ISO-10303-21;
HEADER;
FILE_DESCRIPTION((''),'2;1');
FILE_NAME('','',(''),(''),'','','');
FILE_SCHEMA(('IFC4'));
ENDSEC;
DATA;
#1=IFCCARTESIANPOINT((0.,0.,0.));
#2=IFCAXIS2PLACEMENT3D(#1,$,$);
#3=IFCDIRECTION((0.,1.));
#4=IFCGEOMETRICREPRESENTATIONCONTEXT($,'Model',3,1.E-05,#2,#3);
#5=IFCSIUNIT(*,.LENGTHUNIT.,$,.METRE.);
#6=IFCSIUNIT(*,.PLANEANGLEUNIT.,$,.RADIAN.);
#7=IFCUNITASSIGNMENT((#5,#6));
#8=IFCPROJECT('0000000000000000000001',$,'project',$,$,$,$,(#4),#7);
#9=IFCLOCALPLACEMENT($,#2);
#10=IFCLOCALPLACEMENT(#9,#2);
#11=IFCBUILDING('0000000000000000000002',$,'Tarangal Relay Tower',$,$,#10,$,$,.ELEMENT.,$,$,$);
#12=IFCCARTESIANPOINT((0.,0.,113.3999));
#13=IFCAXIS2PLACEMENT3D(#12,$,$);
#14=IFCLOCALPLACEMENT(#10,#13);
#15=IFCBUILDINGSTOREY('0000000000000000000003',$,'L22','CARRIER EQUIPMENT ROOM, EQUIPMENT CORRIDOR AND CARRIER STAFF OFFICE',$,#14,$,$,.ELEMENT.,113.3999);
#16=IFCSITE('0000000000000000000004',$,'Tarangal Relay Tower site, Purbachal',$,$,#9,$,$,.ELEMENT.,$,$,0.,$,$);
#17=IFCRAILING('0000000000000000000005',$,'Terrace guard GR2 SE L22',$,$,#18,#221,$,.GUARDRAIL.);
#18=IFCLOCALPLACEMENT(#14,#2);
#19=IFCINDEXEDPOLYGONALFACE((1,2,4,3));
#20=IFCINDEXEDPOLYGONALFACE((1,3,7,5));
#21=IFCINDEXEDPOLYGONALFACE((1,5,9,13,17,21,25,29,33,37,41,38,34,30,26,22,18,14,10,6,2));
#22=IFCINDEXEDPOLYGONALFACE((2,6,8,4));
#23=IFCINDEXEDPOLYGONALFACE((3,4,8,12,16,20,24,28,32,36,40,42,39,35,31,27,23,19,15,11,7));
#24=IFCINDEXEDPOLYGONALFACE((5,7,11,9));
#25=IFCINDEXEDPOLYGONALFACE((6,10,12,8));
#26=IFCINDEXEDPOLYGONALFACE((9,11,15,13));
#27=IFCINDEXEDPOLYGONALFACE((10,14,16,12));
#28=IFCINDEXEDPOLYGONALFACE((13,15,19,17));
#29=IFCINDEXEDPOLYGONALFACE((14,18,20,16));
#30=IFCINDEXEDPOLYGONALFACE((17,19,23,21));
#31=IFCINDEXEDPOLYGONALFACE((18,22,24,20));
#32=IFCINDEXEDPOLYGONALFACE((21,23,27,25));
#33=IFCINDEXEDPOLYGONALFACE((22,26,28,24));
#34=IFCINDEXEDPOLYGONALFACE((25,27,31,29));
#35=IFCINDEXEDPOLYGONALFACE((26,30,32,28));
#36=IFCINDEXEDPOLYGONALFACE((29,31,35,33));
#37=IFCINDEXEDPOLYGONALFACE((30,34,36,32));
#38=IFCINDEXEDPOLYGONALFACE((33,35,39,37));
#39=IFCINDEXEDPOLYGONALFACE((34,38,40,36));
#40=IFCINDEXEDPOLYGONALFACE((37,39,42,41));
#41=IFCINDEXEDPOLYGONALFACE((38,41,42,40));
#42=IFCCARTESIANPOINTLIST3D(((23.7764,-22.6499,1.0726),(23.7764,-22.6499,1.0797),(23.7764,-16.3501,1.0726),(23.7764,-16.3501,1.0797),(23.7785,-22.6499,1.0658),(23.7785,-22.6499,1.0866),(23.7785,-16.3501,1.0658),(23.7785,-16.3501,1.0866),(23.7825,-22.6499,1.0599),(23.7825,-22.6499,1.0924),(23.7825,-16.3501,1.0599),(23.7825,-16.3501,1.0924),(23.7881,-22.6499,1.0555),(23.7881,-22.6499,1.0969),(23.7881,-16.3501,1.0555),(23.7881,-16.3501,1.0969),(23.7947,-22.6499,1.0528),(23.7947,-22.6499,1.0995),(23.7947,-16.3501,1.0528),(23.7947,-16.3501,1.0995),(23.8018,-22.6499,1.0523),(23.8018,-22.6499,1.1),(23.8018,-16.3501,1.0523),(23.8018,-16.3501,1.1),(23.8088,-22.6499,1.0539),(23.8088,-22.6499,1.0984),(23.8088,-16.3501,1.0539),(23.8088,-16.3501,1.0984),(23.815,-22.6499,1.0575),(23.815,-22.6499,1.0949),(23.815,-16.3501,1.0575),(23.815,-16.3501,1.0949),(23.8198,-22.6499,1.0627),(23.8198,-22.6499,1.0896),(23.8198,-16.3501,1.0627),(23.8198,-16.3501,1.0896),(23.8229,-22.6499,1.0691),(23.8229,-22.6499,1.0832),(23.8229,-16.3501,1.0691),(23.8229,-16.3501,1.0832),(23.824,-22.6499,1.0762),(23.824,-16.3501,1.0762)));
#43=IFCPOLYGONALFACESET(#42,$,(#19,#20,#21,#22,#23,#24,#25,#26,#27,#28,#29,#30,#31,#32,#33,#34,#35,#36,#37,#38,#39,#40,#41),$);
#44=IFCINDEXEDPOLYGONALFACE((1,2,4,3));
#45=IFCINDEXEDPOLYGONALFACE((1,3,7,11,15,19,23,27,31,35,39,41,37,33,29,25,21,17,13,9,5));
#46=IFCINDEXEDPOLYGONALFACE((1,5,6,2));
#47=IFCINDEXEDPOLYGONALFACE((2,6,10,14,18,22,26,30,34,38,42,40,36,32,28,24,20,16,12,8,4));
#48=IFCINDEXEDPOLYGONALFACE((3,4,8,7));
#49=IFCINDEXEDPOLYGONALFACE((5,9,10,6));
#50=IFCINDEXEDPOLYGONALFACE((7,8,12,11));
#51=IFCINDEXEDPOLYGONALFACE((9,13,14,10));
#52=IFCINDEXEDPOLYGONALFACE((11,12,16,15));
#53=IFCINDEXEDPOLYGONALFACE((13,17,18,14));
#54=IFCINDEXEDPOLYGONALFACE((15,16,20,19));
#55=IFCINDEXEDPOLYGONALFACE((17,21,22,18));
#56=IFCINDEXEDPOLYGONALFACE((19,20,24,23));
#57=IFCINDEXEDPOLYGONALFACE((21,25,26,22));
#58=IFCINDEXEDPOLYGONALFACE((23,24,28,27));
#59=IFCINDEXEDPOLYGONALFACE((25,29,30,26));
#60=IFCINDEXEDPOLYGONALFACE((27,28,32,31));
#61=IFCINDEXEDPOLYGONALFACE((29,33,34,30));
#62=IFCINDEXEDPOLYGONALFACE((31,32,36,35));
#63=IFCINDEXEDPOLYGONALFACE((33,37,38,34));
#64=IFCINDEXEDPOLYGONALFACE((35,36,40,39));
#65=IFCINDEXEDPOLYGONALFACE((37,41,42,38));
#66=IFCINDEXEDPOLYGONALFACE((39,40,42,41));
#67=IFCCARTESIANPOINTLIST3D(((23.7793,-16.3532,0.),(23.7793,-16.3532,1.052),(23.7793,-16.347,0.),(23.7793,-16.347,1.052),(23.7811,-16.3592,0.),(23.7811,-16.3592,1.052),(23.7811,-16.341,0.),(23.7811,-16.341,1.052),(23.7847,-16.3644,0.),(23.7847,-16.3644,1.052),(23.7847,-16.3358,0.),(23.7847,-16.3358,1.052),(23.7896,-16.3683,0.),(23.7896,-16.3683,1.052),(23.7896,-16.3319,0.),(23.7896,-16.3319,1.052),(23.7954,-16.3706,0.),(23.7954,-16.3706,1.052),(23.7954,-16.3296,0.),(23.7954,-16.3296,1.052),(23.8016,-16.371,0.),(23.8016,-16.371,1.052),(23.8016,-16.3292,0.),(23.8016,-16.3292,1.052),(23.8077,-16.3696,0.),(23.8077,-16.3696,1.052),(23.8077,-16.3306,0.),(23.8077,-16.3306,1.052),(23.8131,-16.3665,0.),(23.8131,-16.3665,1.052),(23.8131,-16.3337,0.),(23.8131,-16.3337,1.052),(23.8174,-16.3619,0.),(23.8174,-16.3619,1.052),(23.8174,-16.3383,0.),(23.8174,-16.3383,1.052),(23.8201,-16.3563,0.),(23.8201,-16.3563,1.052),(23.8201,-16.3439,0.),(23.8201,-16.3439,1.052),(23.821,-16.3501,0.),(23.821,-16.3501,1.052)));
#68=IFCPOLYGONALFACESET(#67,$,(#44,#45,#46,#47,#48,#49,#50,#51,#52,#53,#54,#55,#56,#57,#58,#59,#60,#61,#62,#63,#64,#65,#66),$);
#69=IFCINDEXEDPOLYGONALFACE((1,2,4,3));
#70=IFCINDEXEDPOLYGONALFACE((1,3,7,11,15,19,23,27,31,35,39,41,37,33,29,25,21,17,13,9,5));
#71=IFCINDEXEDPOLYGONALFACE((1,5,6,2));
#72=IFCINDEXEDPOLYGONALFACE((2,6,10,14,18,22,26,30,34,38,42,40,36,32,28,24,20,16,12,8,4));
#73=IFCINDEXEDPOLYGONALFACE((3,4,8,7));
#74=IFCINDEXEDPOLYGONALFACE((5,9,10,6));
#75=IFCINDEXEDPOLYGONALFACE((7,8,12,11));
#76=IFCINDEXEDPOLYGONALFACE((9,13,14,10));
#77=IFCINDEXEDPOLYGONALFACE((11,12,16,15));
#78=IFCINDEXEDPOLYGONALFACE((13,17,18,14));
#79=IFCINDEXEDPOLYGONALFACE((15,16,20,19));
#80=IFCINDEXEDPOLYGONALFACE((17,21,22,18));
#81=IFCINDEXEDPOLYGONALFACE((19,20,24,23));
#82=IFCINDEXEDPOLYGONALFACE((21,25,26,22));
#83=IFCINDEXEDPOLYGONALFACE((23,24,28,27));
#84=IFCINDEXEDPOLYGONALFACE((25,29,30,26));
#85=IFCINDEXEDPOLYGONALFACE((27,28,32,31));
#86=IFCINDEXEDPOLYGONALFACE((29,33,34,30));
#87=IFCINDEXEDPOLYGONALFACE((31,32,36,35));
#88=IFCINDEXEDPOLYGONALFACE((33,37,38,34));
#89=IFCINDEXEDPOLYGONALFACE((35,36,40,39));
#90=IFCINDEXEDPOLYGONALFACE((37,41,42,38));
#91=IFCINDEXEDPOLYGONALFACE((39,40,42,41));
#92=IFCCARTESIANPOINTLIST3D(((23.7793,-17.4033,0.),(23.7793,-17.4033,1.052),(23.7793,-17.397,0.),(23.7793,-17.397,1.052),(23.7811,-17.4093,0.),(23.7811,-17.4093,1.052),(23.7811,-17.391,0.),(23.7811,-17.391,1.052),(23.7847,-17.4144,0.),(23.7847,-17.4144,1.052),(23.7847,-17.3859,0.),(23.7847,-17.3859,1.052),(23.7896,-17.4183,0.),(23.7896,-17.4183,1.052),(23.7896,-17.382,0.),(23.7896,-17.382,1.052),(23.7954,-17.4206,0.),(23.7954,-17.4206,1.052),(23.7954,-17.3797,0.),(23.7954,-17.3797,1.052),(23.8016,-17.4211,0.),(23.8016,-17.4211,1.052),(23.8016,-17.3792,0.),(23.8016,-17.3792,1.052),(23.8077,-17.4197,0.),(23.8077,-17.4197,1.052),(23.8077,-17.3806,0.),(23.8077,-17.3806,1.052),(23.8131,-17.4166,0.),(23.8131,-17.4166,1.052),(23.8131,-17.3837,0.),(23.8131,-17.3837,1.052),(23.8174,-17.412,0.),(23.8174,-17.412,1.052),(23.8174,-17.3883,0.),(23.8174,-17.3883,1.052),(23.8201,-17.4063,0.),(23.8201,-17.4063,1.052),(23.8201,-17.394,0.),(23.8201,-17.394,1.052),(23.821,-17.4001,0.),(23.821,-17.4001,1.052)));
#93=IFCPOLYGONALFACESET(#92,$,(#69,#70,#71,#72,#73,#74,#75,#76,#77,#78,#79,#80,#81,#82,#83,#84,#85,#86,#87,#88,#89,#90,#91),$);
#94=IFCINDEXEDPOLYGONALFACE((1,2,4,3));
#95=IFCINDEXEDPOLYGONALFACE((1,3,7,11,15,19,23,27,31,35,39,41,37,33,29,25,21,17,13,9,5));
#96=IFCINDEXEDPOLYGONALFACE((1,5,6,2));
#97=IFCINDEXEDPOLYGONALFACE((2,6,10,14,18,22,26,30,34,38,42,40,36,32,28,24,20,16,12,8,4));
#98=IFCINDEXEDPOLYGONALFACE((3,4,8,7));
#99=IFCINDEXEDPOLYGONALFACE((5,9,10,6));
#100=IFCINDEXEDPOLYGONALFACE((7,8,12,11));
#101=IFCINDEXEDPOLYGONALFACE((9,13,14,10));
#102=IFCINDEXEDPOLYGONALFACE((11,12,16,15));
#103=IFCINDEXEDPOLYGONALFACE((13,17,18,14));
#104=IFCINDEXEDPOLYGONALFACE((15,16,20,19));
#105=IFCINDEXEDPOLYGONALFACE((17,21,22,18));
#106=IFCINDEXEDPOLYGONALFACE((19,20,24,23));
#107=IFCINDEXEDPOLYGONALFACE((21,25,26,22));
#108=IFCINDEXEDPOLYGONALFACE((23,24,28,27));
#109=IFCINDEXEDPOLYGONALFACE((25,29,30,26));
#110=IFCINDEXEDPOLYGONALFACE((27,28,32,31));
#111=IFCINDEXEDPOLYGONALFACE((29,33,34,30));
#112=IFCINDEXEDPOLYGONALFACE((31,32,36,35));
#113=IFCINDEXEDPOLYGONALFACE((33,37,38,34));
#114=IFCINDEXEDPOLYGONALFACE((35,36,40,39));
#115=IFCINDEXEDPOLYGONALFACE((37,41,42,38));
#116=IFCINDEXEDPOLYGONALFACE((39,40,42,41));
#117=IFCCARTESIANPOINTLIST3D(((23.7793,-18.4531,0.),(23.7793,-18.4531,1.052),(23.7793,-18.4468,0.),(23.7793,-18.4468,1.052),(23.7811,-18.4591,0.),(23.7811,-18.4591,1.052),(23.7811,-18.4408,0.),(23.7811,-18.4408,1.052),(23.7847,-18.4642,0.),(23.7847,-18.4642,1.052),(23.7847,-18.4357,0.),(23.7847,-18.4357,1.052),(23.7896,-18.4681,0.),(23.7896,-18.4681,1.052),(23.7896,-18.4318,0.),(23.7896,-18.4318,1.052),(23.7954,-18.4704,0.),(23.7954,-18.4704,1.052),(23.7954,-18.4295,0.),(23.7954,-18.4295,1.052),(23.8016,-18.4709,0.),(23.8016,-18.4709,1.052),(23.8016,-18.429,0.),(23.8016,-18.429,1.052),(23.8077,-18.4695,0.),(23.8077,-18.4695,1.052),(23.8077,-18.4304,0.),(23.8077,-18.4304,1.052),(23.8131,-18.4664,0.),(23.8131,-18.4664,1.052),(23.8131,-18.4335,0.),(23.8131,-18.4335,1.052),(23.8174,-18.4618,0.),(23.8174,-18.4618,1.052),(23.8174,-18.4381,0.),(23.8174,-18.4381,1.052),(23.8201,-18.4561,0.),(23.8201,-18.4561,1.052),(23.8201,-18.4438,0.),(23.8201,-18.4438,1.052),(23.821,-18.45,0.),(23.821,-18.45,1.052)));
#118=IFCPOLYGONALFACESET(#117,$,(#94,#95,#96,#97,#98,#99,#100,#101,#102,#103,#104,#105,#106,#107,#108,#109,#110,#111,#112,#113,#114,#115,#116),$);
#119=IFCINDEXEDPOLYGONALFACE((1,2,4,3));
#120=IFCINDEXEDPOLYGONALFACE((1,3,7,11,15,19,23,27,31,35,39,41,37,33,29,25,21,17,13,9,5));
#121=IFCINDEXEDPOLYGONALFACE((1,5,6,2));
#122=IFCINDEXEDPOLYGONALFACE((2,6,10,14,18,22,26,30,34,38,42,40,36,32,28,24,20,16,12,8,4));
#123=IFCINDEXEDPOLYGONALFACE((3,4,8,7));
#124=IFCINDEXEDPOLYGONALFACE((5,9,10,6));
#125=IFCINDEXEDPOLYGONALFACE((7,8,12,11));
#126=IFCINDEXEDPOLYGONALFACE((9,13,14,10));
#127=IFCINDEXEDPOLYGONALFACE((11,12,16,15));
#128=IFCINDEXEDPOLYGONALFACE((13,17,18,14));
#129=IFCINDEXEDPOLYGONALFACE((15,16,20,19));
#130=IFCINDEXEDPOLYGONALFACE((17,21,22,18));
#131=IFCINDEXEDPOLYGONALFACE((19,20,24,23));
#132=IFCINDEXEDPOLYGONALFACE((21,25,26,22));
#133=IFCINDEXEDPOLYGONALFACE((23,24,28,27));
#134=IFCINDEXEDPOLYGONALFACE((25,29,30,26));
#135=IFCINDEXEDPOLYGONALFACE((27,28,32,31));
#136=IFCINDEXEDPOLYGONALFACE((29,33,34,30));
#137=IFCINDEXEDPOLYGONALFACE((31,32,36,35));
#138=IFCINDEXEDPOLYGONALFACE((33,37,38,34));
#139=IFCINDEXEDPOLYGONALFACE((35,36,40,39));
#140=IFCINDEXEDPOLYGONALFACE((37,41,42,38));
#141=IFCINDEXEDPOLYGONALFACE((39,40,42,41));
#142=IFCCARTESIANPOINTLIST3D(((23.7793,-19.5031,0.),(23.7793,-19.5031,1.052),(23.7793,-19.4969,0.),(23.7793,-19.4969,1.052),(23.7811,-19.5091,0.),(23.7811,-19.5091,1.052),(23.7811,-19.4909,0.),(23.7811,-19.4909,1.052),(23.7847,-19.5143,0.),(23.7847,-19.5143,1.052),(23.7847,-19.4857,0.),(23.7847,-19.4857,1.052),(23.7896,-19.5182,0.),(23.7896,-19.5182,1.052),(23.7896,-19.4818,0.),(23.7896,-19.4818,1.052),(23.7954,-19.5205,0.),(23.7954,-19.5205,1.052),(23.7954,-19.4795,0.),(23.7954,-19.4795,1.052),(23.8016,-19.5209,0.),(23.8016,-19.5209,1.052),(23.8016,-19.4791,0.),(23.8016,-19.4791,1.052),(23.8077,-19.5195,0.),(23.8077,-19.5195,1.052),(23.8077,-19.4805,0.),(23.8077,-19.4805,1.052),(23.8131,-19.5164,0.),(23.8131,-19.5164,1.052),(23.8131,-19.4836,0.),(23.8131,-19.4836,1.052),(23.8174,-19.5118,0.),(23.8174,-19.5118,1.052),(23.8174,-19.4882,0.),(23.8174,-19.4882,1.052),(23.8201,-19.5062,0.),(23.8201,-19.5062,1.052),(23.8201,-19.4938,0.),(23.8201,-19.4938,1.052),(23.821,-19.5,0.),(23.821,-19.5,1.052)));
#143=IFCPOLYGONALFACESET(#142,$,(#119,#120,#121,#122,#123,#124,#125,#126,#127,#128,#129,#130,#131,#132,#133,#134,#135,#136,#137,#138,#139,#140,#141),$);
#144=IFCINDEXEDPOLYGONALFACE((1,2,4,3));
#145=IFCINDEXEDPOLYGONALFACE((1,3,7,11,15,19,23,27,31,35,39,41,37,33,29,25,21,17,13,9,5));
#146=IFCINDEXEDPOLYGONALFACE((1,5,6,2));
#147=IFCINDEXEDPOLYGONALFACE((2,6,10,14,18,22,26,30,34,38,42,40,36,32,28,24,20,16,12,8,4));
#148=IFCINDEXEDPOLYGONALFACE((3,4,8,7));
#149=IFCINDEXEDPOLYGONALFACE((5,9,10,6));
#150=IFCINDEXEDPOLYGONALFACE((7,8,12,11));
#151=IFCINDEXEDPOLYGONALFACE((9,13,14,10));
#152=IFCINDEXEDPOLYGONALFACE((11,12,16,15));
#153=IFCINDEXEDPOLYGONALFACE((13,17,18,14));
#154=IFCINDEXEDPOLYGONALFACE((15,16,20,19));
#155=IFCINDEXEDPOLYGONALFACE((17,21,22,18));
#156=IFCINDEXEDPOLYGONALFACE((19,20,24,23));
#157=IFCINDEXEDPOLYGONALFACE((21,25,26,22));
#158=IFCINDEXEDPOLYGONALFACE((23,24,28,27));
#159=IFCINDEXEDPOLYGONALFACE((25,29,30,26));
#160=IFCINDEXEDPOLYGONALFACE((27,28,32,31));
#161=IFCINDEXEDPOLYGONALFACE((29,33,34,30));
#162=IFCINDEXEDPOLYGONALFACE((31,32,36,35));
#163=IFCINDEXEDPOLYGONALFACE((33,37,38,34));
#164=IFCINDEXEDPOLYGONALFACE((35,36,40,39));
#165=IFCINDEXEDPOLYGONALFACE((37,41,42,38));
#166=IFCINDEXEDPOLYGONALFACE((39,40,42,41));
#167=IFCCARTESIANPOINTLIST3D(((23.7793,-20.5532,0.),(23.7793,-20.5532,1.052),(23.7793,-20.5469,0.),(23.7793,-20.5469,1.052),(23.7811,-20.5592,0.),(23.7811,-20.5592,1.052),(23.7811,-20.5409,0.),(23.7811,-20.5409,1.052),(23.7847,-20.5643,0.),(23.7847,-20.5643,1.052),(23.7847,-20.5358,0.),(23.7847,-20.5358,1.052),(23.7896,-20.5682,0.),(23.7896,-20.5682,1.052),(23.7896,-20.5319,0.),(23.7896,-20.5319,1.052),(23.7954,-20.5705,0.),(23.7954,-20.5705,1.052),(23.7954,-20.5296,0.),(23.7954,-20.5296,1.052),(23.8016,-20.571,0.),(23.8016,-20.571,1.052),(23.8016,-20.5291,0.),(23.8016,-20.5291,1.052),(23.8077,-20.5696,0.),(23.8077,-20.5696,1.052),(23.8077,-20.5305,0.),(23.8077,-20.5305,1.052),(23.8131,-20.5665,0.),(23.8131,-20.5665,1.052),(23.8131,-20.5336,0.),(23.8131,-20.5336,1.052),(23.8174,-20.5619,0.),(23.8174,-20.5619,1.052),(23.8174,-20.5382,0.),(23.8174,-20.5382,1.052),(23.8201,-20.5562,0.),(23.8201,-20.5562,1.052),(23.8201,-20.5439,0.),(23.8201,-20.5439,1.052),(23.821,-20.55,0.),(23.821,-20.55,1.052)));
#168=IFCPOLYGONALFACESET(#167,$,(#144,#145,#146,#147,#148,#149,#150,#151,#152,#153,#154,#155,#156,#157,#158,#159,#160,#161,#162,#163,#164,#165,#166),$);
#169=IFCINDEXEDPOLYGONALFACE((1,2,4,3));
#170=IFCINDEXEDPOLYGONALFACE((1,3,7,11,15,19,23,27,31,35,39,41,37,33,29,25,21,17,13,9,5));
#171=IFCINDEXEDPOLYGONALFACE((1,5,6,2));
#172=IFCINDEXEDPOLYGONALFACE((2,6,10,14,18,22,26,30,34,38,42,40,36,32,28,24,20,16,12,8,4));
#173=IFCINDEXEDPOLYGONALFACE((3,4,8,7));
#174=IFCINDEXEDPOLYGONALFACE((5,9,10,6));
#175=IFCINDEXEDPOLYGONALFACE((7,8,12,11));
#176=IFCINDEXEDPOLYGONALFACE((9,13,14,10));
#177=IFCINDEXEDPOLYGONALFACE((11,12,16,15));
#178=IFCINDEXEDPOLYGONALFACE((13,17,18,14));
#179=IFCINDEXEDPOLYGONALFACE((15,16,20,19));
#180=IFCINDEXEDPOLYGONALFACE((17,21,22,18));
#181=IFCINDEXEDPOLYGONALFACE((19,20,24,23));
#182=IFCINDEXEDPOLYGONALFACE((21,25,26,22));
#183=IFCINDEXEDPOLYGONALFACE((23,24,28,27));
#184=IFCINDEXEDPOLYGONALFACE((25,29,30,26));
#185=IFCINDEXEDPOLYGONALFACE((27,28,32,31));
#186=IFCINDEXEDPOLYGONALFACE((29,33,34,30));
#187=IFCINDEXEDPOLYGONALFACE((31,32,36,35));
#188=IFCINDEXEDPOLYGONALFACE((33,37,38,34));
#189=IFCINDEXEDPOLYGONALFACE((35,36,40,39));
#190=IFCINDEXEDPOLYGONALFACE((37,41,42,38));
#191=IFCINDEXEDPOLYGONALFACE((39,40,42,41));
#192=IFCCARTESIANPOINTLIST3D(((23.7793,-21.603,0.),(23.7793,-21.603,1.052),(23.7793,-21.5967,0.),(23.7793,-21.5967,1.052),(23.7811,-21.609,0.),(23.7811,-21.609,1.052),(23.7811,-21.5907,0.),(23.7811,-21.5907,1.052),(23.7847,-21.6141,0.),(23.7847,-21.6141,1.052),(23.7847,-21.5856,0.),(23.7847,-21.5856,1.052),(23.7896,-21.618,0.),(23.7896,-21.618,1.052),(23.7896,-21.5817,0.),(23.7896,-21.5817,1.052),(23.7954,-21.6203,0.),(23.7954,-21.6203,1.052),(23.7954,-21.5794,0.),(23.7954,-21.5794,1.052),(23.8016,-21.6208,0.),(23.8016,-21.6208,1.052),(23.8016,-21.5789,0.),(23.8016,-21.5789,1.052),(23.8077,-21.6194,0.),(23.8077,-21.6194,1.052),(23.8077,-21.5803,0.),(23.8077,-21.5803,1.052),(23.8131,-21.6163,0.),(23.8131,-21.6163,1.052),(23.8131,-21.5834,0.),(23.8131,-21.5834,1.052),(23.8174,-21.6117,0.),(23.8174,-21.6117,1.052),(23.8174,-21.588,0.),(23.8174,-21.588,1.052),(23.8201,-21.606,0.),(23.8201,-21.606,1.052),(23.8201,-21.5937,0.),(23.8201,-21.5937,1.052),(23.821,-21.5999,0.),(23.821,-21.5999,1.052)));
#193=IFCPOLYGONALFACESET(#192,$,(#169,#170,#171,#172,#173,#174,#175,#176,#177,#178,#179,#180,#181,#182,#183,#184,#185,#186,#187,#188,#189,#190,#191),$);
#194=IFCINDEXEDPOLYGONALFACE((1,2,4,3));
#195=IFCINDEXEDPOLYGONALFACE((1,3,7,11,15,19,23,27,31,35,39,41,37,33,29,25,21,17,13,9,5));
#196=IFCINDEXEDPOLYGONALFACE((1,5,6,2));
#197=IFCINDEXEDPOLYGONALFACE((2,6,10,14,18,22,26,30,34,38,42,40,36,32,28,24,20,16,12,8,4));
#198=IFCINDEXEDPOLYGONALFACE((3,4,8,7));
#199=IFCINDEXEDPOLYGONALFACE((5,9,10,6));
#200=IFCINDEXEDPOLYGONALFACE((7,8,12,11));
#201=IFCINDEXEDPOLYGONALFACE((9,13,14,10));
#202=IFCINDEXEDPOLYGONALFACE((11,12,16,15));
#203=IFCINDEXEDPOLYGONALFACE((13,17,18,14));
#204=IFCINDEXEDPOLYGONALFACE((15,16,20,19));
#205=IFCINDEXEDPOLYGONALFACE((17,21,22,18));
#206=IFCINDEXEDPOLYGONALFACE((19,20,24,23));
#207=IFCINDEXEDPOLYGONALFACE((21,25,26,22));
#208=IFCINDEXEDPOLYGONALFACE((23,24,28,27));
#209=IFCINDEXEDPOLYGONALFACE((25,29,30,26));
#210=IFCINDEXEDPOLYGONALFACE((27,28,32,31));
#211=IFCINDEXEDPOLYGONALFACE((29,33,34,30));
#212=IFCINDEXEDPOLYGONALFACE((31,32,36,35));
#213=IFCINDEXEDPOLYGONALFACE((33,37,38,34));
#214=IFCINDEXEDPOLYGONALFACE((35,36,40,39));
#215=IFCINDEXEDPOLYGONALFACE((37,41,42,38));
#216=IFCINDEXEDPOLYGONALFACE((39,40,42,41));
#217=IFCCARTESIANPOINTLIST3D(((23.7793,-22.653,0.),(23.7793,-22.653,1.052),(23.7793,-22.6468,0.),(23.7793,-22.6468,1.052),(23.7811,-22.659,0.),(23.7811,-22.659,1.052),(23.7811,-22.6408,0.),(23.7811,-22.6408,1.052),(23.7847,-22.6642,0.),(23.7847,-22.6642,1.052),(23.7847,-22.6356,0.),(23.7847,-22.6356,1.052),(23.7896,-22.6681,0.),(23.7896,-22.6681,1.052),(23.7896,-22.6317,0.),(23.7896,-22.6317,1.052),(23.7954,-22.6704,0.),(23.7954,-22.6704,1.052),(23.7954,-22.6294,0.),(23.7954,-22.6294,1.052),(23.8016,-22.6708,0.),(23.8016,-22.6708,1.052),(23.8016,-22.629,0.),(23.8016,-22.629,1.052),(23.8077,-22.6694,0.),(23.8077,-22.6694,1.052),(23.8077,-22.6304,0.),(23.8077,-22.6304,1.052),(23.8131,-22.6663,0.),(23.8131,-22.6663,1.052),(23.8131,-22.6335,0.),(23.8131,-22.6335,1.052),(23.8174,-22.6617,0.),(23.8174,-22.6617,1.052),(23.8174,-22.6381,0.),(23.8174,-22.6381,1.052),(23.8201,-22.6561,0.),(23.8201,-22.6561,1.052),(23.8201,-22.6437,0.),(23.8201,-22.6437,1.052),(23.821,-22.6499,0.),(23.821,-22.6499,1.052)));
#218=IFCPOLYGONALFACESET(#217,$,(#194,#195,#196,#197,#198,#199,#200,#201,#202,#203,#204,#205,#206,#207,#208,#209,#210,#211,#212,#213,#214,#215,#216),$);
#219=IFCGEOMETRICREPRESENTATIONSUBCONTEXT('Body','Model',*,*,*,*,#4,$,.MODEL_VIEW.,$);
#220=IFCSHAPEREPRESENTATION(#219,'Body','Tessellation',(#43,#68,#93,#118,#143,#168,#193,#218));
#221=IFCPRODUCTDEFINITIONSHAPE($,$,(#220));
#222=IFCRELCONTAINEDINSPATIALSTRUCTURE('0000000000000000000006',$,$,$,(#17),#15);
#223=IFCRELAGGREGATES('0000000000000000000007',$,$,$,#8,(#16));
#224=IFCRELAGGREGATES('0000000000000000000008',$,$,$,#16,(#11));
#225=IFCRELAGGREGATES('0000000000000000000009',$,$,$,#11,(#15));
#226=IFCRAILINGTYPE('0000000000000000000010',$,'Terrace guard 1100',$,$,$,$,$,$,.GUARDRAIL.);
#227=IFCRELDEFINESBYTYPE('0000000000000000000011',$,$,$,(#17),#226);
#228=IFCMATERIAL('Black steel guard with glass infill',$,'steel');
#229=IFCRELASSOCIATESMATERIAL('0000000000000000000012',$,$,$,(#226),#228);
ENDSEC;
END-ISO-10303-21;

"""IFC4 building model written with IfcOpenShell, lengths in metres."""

from ifc_helpers import new_model, si_unit, direction, frame, origin, origin_2d, place, context, subcontext, project, spatial, circle, extrude, material, type_object, element, save


model = new_model("IFC4")

# Units and contexts
model_context = context("Model", 3, precision=1e-05, world=origin(), true_north=direction((0.0, 1.0)))
body_context = subcontext(model_context, "Body", "Model", "MODEL_VIEW")
ifc_project = project(units=[si_unit("LENGTHUNIT", "METRE"), si_unit("PLANEANGLEUNIT", "RADIAN")], contexts=[model_context])

# Site, building, storey
site_placement = place(None, origin())
site = spatial("IfcSite", under=ifc_project, at=site_placement, Name="Tarangal Relay Tower site, Purbachal", CompositionType="ELEMENT", RefElevation=0.0)
building_placement = place(site_placement, origin())
building = spatial("IfcBuilding", under=site, at=building_placement, Name="Tarangal Relay Tower", CompositionType="ELEMENT")
storey_placement = place(building_placement, frame((0.0, 0.0, 113.3999)))
storey = spatial("IfcBuildingStorey", under=building, at=storey_placement, Name="L22", Description="CARRIER EQUIPMENT ROOM, EQUIPMENT CORRIDOR AND CARRIER STAFF OFFICE", CompositionType="ELEMENT", Elevation=113.3999)

# Railing
ifc_material_1 = material(Name="Black steel guard with glass infill", Category="steel")
railing_type = type_object("IfcRailingType", Name="Terrace guard 1100", PredefinedType="GUARDRAIL", material=ifc_material_1)
railing_1_placement = place(storey_placement, frame((23.8, -16.3501, 0.0)))
element("IfcRailing", 1, at=railing_1_placement, inside=storey, type_object=railing_type, Name="Terrace guard GR2 SE L22", PredefinedType="GUARDRAIL", context=body_context, shape_type="SweptSolid", body=[
    extrude(circle(Radius=0.0239, at=origin_2d()), frame((0.0, 0.0, 1.0762), z_axis=(0.0, -1.0, 0.0), x_axis=(1.0, 0.0, 0.0)), (0.0, 0.0, 1.0), 6.2998),
    extrude(circle(Radius=0.021, at=origin_2d()), origin(), (0.0, 0.0, 1.0), 1.052),
    extrude(circle(Radius=0.021, at=origin_2d()), frame((0.0, -1.05, 0.0)), (0.0, 0.0, 1.0), 1.052),
    extrude(circle(Radius=0.021, at=origin_2d()), frame((0.0, -2.0999, 0.0)), (0.0, 0.0, 1.0), 1.052),
    extrude(circle(Radius=0.021, at=origin_2d()), frame((0.0, -3.1499, 0.0)), (0.0, 0.0, 1.0), 1.052),
    extrude(circle(Radius=0.021, at=origin_2d()), frame((0.0, -4.2, 0.0)), (0.0, 0.0, 1.0), 1.052),
    extrude(circle(Radius=0.021, at=origin_2d()), frame((0.0, -5.2498, 0.0)), (0.0, 0.0, 1.0), 1.052),
    extrude(circle(Radius=0.021, at=origin_2d()), frame((0.0, -6.2998, 0.0)), (0.0, 0.0, 1.0), 1.052),
])

save(model, "model.ifc")
